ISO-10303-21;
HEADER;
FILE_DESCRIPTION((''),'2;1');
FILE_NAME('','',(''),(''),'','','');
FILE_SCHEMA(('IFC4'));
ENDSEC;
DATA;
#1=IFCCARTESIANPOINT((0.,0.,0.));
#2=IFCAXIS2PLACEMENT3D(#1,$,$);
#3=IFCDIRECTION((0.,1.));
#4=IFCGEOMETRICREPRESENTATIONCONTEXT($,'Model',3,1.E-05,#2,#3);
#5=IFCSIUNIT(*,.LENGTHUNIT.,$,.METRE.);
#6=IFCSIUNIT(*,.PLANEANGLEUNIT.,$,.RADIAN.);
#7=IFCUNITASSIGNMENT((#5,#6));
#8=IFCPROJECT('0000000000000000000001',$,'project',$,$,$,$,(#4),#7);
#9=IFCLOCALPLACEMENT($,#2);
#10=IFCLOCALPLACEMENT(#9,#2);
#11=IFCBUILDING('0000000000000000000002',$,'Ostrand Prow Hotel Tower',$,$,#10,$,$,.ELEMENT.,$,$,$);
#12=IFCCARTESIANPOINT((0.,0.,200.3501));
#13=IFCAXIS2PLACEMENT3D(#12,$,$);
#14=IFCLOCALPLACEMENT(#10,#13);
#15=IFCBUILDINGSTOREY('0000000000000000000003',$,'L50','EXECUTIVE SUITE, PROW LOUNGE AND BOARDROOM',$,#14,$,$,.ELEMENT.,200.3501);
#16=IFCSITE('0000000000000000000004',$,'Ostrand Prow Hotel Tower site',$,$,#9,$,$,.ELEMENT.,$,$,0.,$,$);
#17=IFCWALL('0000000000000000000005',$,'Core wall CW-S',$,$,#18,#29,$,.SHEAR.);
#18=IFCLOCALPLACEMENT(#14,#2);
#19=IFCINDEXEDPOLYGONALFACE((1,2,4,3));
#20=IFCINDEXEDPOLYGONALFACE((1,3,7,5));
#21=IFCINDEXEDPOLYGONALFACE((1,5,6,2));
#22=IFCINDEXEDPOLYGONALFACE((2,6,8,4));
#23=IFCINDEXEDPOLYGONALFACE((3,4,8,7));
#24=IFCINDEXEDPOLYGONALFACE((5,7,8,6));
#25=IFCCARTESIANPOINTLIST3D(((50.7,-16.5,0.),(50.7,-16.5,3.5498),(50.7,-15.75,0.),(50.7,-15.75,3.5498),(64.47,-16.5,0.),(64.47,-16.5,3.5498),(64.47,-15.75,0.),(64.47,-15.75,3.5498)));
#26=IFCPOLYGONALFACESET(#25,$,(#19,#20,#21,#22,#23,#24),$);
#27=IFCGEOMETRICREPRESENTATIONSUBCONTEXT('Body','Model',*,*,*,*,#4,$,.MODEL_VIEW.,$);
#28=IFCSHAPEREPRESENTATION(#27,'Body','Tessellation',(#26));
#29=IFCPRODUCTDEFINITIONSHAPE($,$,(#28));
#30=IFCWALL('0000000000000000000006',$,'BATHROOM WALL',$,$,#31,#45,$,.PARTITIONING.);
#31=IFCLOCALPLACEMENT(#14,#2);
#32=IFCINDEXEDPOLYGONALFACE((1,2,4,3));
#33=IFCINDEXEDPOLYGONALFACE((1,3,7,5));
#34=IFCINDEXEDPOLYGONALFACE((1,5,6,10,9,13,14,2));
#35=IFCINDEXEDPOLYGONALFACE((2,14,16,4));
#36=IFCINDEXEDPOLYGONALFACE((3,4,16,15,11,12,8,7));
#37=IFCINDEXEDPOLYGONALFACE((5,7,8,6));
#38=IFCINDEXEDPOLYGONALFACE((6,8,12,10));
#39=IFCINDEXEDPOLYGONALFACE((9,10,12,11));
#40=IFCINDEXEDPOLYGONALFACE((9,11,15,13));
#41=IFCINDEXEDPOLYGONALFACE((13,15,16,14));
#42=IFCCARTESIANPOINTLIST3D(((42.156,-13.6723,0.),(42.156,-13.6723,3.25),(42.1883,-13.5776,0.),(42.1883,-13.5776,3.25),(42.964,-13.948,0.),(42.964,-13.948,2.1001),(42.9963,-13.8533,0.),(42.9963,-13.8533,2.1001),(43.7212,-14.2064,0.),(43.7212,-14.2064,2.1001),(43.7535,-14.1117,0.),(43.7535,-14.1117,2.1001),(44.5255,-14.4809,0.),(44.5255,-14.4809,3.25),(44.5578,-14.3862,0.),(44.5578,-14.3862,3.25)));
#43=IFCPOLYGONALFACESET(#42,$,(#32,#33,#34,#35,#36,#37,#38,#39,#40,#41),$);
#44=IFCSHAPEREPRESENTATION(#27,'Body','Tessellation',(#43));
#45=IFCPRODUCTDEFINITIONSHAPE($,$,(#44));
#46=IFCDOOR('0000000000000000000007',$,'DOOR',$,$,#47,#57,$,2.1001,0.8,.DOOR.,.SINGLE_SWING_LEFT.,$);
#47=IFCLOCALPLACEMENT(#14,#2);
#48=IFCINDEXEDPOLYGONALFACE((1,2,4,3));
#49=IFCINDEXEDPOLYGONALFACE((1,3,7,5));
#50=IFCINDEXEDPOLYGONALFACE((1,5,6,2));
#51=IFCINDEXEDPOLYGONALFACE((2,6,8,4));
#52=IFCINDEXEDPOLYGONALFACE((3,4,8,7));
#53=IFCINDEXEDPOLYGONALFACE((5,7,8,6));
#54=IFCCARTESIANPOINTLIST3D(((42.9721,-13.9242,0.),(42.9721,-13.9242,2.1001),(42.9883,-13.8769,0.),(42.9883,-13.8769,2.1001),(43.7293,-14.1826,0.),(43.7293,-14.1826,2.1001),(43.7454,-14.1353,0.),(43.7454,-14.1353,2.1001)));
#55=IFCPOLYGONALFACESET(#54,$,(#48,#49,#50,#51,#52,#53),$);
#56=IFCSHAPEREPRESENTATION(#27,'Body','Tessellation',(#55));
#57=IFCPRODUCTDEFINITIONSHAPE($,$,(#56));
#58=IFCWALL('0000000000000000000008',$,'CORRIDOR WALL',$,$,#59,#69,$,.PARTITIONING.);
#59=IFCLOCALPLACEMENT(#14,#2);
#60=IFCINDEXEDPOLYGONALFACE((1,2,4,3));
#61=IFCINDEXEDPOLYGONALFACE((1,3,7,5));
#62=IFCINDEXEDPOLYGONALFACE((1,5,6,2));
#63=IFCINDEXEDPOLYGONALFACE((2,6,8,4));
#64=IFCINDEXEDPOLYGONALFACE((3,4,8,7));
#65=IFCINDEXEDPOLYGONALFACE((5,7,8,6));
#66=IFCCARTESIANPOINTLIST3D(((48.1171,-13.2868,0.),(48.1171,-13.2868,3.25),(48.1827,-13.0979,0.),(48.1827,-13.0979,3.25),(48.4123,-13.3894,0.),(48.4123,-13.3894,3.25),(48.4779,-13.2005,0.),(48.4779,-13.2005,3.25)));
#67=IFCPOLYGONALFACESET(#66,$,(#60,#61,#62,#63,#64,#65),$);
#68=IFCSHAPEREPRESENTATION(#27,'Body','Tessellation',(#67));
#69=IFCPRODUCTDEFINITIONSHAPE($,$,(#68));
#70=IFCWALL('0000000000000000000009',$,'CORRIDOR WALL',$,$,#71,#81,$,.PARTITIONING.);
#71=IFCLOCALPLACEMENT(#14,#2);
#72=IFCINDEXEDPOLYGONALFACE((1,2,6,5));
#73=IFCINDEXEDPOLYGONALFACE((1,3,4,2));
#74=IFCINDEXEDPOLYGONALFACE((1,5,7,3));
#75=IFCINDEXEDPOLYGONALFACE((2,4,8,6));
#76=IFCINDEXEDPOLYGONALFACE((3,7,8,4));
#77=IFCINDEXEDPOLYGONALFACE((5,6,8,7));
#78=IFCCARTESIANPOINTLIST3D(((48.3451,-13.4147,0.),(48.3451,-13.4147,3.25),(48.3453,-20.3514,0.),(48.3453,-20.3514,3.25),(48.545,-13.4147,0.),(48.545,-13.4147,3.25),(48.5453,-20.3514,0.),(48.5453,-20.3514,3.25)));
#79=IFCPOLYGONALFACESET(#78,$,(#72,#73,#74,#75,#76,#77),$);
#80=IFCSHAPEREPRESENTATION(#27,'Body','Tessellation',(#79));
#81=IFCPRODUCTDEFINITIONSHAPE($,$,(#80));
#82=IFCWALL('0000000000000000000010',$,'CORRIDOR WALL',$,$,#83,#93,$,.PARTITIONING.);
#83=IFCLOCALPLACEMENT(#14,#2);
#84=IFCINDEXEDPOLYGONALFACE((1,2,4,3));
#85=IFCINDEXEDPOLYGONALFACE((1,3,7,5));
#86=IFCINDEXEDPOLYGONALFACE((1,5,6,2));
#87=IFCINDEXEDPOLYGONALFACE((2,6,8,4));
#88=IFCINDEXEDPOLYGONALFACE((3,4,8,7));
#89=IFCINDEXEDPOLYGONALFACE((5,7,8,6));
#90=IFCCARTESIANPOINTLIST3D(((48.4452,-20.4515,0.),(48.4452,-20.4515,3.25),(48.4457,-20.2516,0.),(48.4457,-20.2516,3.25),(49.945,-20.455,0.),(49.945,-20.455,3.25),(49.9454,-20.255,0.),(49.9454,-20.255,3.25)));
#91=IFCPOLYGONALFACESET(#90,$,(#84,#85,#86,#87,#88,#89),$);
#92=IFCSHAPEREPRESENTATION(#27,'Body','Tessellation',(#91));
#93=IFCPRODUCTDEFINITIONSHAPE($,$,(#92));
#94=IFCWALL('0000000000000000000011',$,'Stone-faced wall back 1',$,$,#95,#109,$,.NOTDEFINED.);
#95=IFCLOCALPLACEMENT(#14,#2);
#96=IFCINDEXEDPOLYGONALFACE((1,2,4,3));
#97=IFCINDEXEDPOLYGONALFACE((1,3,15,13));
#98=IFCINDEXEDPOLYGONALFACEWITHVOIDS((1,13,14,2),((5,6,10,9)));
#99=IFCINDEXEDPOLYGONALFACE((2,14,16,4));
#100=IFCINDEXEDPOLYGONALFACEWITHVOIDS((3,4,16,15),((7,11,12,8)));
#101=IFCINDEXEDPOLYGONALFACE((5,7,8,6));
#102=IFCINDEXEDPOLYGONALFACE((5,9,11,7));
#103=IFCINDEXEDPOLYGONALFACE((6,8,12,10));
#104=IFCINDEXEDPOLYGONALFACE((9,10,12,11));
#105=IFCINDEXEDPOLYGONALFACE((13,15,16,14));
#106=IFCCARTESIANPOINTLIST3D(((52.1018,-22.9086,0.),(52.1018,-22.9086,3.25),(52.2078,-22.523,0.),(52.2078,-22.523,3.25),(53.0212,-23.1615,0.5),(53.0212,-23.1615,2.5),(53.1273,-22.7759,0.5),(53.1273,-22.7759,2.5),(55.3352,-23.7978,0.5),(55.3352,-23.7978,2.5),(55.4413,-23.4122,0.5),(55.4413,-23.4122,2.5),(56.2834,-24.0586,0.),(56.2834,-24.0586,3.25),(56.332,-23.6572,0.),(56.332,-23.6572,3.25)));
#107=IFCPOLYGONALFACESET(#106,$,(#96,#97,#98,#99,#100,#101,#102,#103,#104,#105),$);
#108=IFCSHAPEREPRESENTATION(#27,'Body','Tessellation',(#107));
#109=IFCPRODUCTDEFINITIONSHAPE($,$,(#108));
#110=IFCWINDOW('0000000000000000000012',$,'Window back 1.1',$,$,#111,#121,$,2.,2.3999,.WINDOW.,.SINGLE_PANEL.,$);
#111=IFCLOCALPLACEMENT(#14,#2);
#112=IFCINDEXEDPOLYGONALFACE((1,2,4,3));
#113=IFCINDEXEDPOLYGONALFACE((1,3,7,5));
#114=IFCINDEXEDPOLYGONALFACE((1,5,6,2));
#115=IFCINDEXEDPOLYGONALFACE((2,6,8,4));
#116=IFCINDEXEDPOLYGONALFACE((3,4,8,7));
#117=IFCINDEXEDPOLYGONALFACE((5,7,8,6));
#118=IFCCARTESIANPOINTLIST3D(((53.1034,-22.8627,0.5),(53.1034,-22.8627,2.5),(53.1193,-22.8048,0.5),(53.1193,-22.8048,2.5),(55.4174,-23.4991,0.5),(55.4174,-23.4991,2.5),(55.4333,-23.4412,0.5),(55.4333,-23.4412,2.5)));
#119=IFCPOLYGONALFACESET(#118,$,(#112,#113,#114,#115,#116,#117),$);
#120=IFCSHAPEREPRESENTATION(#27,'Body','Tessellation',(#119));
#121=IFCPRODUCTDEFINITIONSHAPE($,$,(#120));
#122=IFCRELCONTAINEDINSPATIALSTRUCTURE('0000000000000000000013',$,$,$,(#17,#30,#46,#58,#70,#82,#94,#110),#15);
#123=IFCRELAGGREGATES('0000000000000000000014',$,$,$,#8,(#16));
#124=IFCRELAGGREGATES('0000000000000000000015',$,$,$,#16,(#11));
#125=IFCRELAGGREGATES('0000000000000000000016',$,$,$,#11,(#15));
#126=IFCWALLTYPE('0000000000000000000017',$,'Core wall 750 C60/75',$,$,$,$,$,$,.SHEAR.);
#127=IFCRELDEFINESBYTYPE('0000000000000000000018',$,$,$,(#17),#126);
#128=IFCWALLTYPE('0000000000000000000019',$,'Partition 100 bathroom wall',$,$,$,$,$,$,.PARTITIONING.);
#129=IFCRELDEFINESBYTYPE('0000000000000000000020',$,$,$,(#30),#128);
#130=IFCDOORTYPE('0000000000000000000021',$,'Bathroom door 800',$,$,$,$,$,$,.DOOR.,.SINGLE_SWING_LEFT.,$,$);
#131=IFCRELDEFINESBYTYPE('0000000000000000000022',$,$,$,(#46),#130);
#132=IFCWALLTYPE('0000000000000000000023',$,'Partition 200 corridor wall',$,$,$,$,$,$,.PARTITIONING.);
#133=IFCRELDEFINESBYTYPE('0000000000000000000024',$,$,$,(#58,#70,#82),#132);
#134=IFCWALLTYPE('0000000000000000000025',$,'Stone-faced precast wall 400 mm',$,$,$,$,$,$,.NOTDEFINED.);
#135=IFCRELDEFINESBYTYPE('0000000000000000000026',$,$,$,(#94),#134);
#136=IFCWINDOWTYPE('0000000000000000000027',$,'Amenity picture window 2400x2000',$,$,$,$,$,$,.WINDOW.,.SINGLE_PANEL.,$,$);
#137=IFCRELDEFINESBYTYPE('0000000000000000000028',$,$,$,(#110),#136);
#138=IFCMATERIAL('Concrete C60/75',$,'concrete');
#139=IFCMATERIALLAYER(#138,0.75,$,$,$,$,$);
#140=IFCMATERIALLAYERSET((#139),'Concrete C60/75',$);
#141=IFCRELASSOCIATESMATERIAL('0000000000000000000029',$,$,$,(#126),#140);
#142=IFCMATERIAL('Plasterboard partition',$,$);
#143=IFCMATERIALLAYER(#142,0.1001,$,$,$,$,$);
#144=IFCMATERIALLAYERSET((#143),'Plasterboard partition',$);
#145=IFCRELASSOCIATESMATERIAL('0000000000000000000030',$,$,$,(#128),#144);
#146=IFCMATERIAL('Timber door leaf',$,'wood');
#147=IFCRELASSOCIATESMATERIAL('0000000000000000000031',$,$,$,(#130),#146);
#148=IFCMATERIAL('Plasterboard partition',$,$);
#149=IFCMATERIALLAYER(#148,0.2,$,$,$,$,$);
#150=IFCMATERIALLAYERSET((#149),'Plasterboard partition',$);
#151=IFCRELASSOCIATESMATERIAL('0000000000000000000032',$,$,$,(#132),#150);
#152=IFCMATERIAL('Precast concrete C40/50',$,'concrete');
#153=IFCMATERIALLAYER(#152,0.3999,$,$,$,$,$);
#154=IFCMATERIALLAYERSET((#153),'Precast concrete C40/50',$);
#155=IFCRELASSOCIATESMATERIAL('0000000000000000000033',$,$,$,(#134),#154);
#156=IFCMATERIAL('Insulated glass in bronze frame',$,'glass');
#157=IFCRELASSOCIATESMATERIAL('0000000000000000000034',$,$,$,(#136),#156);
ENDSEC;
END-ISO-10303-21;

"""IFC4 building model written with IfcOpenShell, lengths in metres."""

from ifc_helpers import new_model, si_unit, direction, frame, frame_2d, origin, place, context, subcontext, project, spatial, polyline, rectangle, outline, extrude, material, layer, layer_set, type_object, element, fill, save


model = new_model("IFC4")

# Units and contexts
model_context = context("Model", 3, precision=1e-05, world=origin(), true_north=direction((0.0, 1.0)))
body_context = subcontext(model_context, "Body", "Model", "MODEL_VIEW")
ifc_project = project(units=[si_unit("LENGTHUNIT", "METRE"), si_unit("PLANEANGLEUNIT", "RADIAN")], contexts=[model_context])

# Site, building, storey
site_placement = place(None, origin())
site = spatial("IfcSite", under=ifc_project, at=site_placement, Name="Ostrand Prow Hotel Tower site", CompositionType="ELEMENT", RefElevation=0.0)
building_placement = place(site_placement, origin())
building = spatial("IfcBuilding", under=site, at=building_placement, Name="Ostrand Prow Hotel Tower", CompositionType="ELEMENT")
storey_placement = place(building_placement, frame((0.0, 0.0, 200.3501)))
storey = spatial("IfcBuildingStorey", under=building, at=storey_placement, Name="L50", Description="EXECUTIVE SUITE, PROW LOUNGE AND BOARDROOM", CompositionType="ELEMENT", Elevation=200.3501)

# Shared definitions
ifc_material_1 = material(Name="Concrete C60/75", Category="concrete")
ifc_layer_1 = layer(ifc_material_1, 0.75)
ifc_layer_set_1 = layer_set([ifc_layer_1], Name="Concrete C60/75")
wall_type_1 = type_object("IfcWallType", Name="Core wall 750 C60/75", PredefinedType="SHEAR", material=ifc_layer_set_1)

# Wall
wall_1_placement = place(storey_placement, frame((50.7, -16.125, 0.0), z_axis=(0.0, 0.0, 1.0), x_axis=(1.0, 0.0, 0.0)))
element("IfcWall", 1, at=wall_1_placement, inside=storey, type_object=wall_type_1, Name="Core wall CW-S", PredefinedType="SHEAR", context=body_context, shape_type="SweptSolid", body=[
    extrude(rectangle(XDim=13.77, YDim=0.75, at=frame_2d((6.885, 0.0))), origin(), (0.0, 0.0, 1.0), 3.5498),
])

# Wall, opening, door
ifc_material_2 = material(Name="Plasterboard partition")
ifc_layer_2 = layer(ifc_material_2, 0.1001)
ifc_layer_set_2 = layer_set([ifc_layer_2], Name="Plasterboard partition")
wall_type_2 = type_object("IfcWallType", Name="Partition 100 bathroom wall", PredefinedType="PARTITIONING", material=ifc_layer_set_2)
wall_2_placement = place(storey_placement, frame((44.5417, -14.4336, 0.0), z_axis=(0.0, 0.0, 1.0), x_axis=(-0.946407, 0.322978, 0.0)))
wall_2 = element("IfcWall", 2, at=wall_2_placement, inside=storey, type_object=wall_type_2, Name="BATHROOM WALL", PredefinedType="PARTITIONING", context=body_context, shape_type="SweptSolid", body=[
    extrude(rectangle(XDim=2.5037, YDim=0.1001, at=frame_2d((1.252, 0.0))), origin(), (0.0, 0.0, 1.0), 3.25),
])
opening_1_placement = place(wall_2_placement, frame((0.8501, 0.0, 0.0)))
opening_1 = element("IfcOpeningElement", 3, at=opening_1_placement, cuts=wall_2, PredefinedType="OPENING", context=body_context, shape_type="SweptSolid", body=[
    extrude(rectangle(XDim=0.8, YDim=2.1001, at=frame_2d((0.3999, 1.05))), frame((0.0, 0.0601, 0.0), z_axis=(0.0, -1.0, 0.0), x_axis=(1.0, 0.0, 0.0)), (0.0, 0.0, 1.0), 0.1201),
])
ifc_material_3 = material(Name="Timber door leaf", Category="wood")
door_type_1 = type_object("IfcDoorType", Name="Bathroom door 800", OperationType="SINGLE_SWING_LEFT", PredefinedType="DOOR", material=ifc_material_3)
door_1_placement = place(opening_1_placement, origin())
door_1 = element("IfcDoor", 4, at=door_1_placement, inside=storey, type_object=door_type_1, Name="DOOR", OperationType="SINGLE_SWING_LEFT", OverallHeight=2.1001, OverallWidth=0.8, PredefinedType="DOOR", context=body_context, shape_type="SweptSolid", body=[
    extrude(rectangle(XDim=0.8, YDim=2.1001, at=frame_2d((0.3999, 1.05))), frame((0.0, 0.0249, 0.0), z_axis=(0.0, -1.0, 0.0), x_axis=(1.0, 0.0, 0.0)), (0.0, 0.0, 1.0), 0.05),
])
fill(opening_1, door_1)

# Walls
ifc_material_4 = material(Name="Plasterboard partition")
ifc_layer_3 = layer(ifc_material_4, 0.2)
ifc_layer_set_3 = layer_set([ifc_layer_3], Name="Plasterboard partition")
wall_type_3 = type_object("IfcWallType", Name="Partition 200 corridor wall", PredefinedType="PARTITIONING", material=ifc_layer_set_3)
wall_3_placement = place(storey_placement, frame((48.1499, -13.1924, 0.0), z_axis=(0.0, 0.0, 1.0), x_axis=(0.944623, -0.328157, 0.0)))
element("IfcWall", 5, at=wall_3_placement, inside=storey, type_object=wall_type_3, Name="CORRIDOR WALL", PredefinedType="PARTITIONING", context=body_context, shape_type="SweptSolid", body=[
    extrude(rectangle(XDim=0.3125, YDim=0.2, at=frame_2d((0.1562, 0.0))), origin(), (0.0, 0.0, 1.0), 3.25),
])
wall_4_placement = place(storey_placement, frame((48.4451, -13.4148, 0.0), z_axis=(0.0, 0.0, 1.0), x_axis=(0.000035, -1.0, 0.0)))
element("IfcWall", 6, at=wall_4_placement, inside=storey, type_object=wall_type_3, Name="CORRIDOR WALL", PredefinedType="PARTITIONING", context=body_context, shape_type="SweptSolid", body=[
    extrude(rectangle(XDim=6.9368, YDim=0.2, at=frame_2d((3.4683, 0.0))), origin(), (0.0, 0.0, 1.0), 3.25),
])
wall_5_placement = place(storey_placement, frame((48.4453, -20.3516, 0.0), z_axis=(0.0, 0.0, 1.0), x_axis=(0.999997, -0.002279, 0.0)))
element("IfcWall", 7, at=wall_5_placement, inside=storey, type_object=wall_type_3, Name="CORRIDOR WALL", PredefinedType="PARTITIONING", context=body_context, shape_type="SweptSolid", body=[
    extrude(rectangle(XDim=1.4998, YDim=0.2, at=frame_2d((0.75, 0.0))), origin(), (0.0, 0.0, 1.0), 3.25),
])

# Wall, opening, window
ifc_material_5 = material(Name="Precast concrete C40/50", Category="concrete")
ifc_layer_4 = layer(ifc_material_5, 0.3999)
ifc_layer_set_4 = layer_set([ifc_layer_4], Name="Precast concrete C40/50")
wall_type_4 = type_object("IfcWallType", Name="Stone-faced precast wall 400 mm", PredefinedType="NOTDEFINED", material=ifc_layer_set_4)
wall_6_placement = place(storey_placement, frame((52.1548, -22.7158, 0.0), z_axis=(0.0, 0.0, 1.0), x_axis=(0.964206, -0.265155, 0.0)))
wall_6 = element("IfcWall", 8, at=wall_6_placement, inside=storey, type_object=wall_type_4, Name="Stone-faced wall back 1", PredefinedType="NOTDEFINED", context=body_context, shape_type="SweptSolid", body=[
    extrude(outline(polyline([(0.0, -0.2), (4.3369, -0.2), (4.2773, 0.2), (0.0, 0.2), (0.0, -0.2)])), origin(), (0.0, 0.0, 1.0), 3.25),
])
opening_2_placement = place(wall_6_placement, frame((0.9536, 0.0, 0.5)))
opening_2 = element("IfcOpeningElement", 9, at=opening_2_placement, cuts=wall_6, PredefinedType="OPENING", context=body_context, shape_type="SweptSolid", body=[
    extrude(rectangle(XDim=2.3999, YDim=2.0, at=frame_2d((1.2, 1.0))), frame((0.0, 0.21, 0.0), z_axis=(0.0, -1.0, 0.0), x_axis=(1.0, 0.0, 0.0)), (0.0, 0.0, 1.0), 0.4199),
])
ifc_material_6 = material(Name="Insulated glass in bronze frame", Category="glass")
window_type = type_object("IfcWindowType", Name="Amenity picture window 2400x2000", PartitioningType="SINGLE_PANEL", PredefinedType="WINDOW", material=ifc_material_6)
window_placement = place(opening_2_placement, origin())
window = element("IfcWindow", 10, at=window_placement, inside=storey, type_object=window_type, Name="Window back 1.1", OverallHeight=2.0, OverallWidth=2.3999, PartitioningType="SINGLE_PANEL", PredefinedType="WINDOW", context=body_context, shape_type="SweptSolid", body=[
    extrude(rectangle(XDim=2.3999, YDim=2.0, at=frame_2d((1.2, 1.0))), frame((0.0, 0.1699, 0.0), z_axis=(0.0, -1.0, 0.0), x_axis=(1.0, 0.0, 0.0)), (0.0, 0.0, 1.0), 0.0601),
])
fill(opening_2, window)

save(model, "model.ifc")
